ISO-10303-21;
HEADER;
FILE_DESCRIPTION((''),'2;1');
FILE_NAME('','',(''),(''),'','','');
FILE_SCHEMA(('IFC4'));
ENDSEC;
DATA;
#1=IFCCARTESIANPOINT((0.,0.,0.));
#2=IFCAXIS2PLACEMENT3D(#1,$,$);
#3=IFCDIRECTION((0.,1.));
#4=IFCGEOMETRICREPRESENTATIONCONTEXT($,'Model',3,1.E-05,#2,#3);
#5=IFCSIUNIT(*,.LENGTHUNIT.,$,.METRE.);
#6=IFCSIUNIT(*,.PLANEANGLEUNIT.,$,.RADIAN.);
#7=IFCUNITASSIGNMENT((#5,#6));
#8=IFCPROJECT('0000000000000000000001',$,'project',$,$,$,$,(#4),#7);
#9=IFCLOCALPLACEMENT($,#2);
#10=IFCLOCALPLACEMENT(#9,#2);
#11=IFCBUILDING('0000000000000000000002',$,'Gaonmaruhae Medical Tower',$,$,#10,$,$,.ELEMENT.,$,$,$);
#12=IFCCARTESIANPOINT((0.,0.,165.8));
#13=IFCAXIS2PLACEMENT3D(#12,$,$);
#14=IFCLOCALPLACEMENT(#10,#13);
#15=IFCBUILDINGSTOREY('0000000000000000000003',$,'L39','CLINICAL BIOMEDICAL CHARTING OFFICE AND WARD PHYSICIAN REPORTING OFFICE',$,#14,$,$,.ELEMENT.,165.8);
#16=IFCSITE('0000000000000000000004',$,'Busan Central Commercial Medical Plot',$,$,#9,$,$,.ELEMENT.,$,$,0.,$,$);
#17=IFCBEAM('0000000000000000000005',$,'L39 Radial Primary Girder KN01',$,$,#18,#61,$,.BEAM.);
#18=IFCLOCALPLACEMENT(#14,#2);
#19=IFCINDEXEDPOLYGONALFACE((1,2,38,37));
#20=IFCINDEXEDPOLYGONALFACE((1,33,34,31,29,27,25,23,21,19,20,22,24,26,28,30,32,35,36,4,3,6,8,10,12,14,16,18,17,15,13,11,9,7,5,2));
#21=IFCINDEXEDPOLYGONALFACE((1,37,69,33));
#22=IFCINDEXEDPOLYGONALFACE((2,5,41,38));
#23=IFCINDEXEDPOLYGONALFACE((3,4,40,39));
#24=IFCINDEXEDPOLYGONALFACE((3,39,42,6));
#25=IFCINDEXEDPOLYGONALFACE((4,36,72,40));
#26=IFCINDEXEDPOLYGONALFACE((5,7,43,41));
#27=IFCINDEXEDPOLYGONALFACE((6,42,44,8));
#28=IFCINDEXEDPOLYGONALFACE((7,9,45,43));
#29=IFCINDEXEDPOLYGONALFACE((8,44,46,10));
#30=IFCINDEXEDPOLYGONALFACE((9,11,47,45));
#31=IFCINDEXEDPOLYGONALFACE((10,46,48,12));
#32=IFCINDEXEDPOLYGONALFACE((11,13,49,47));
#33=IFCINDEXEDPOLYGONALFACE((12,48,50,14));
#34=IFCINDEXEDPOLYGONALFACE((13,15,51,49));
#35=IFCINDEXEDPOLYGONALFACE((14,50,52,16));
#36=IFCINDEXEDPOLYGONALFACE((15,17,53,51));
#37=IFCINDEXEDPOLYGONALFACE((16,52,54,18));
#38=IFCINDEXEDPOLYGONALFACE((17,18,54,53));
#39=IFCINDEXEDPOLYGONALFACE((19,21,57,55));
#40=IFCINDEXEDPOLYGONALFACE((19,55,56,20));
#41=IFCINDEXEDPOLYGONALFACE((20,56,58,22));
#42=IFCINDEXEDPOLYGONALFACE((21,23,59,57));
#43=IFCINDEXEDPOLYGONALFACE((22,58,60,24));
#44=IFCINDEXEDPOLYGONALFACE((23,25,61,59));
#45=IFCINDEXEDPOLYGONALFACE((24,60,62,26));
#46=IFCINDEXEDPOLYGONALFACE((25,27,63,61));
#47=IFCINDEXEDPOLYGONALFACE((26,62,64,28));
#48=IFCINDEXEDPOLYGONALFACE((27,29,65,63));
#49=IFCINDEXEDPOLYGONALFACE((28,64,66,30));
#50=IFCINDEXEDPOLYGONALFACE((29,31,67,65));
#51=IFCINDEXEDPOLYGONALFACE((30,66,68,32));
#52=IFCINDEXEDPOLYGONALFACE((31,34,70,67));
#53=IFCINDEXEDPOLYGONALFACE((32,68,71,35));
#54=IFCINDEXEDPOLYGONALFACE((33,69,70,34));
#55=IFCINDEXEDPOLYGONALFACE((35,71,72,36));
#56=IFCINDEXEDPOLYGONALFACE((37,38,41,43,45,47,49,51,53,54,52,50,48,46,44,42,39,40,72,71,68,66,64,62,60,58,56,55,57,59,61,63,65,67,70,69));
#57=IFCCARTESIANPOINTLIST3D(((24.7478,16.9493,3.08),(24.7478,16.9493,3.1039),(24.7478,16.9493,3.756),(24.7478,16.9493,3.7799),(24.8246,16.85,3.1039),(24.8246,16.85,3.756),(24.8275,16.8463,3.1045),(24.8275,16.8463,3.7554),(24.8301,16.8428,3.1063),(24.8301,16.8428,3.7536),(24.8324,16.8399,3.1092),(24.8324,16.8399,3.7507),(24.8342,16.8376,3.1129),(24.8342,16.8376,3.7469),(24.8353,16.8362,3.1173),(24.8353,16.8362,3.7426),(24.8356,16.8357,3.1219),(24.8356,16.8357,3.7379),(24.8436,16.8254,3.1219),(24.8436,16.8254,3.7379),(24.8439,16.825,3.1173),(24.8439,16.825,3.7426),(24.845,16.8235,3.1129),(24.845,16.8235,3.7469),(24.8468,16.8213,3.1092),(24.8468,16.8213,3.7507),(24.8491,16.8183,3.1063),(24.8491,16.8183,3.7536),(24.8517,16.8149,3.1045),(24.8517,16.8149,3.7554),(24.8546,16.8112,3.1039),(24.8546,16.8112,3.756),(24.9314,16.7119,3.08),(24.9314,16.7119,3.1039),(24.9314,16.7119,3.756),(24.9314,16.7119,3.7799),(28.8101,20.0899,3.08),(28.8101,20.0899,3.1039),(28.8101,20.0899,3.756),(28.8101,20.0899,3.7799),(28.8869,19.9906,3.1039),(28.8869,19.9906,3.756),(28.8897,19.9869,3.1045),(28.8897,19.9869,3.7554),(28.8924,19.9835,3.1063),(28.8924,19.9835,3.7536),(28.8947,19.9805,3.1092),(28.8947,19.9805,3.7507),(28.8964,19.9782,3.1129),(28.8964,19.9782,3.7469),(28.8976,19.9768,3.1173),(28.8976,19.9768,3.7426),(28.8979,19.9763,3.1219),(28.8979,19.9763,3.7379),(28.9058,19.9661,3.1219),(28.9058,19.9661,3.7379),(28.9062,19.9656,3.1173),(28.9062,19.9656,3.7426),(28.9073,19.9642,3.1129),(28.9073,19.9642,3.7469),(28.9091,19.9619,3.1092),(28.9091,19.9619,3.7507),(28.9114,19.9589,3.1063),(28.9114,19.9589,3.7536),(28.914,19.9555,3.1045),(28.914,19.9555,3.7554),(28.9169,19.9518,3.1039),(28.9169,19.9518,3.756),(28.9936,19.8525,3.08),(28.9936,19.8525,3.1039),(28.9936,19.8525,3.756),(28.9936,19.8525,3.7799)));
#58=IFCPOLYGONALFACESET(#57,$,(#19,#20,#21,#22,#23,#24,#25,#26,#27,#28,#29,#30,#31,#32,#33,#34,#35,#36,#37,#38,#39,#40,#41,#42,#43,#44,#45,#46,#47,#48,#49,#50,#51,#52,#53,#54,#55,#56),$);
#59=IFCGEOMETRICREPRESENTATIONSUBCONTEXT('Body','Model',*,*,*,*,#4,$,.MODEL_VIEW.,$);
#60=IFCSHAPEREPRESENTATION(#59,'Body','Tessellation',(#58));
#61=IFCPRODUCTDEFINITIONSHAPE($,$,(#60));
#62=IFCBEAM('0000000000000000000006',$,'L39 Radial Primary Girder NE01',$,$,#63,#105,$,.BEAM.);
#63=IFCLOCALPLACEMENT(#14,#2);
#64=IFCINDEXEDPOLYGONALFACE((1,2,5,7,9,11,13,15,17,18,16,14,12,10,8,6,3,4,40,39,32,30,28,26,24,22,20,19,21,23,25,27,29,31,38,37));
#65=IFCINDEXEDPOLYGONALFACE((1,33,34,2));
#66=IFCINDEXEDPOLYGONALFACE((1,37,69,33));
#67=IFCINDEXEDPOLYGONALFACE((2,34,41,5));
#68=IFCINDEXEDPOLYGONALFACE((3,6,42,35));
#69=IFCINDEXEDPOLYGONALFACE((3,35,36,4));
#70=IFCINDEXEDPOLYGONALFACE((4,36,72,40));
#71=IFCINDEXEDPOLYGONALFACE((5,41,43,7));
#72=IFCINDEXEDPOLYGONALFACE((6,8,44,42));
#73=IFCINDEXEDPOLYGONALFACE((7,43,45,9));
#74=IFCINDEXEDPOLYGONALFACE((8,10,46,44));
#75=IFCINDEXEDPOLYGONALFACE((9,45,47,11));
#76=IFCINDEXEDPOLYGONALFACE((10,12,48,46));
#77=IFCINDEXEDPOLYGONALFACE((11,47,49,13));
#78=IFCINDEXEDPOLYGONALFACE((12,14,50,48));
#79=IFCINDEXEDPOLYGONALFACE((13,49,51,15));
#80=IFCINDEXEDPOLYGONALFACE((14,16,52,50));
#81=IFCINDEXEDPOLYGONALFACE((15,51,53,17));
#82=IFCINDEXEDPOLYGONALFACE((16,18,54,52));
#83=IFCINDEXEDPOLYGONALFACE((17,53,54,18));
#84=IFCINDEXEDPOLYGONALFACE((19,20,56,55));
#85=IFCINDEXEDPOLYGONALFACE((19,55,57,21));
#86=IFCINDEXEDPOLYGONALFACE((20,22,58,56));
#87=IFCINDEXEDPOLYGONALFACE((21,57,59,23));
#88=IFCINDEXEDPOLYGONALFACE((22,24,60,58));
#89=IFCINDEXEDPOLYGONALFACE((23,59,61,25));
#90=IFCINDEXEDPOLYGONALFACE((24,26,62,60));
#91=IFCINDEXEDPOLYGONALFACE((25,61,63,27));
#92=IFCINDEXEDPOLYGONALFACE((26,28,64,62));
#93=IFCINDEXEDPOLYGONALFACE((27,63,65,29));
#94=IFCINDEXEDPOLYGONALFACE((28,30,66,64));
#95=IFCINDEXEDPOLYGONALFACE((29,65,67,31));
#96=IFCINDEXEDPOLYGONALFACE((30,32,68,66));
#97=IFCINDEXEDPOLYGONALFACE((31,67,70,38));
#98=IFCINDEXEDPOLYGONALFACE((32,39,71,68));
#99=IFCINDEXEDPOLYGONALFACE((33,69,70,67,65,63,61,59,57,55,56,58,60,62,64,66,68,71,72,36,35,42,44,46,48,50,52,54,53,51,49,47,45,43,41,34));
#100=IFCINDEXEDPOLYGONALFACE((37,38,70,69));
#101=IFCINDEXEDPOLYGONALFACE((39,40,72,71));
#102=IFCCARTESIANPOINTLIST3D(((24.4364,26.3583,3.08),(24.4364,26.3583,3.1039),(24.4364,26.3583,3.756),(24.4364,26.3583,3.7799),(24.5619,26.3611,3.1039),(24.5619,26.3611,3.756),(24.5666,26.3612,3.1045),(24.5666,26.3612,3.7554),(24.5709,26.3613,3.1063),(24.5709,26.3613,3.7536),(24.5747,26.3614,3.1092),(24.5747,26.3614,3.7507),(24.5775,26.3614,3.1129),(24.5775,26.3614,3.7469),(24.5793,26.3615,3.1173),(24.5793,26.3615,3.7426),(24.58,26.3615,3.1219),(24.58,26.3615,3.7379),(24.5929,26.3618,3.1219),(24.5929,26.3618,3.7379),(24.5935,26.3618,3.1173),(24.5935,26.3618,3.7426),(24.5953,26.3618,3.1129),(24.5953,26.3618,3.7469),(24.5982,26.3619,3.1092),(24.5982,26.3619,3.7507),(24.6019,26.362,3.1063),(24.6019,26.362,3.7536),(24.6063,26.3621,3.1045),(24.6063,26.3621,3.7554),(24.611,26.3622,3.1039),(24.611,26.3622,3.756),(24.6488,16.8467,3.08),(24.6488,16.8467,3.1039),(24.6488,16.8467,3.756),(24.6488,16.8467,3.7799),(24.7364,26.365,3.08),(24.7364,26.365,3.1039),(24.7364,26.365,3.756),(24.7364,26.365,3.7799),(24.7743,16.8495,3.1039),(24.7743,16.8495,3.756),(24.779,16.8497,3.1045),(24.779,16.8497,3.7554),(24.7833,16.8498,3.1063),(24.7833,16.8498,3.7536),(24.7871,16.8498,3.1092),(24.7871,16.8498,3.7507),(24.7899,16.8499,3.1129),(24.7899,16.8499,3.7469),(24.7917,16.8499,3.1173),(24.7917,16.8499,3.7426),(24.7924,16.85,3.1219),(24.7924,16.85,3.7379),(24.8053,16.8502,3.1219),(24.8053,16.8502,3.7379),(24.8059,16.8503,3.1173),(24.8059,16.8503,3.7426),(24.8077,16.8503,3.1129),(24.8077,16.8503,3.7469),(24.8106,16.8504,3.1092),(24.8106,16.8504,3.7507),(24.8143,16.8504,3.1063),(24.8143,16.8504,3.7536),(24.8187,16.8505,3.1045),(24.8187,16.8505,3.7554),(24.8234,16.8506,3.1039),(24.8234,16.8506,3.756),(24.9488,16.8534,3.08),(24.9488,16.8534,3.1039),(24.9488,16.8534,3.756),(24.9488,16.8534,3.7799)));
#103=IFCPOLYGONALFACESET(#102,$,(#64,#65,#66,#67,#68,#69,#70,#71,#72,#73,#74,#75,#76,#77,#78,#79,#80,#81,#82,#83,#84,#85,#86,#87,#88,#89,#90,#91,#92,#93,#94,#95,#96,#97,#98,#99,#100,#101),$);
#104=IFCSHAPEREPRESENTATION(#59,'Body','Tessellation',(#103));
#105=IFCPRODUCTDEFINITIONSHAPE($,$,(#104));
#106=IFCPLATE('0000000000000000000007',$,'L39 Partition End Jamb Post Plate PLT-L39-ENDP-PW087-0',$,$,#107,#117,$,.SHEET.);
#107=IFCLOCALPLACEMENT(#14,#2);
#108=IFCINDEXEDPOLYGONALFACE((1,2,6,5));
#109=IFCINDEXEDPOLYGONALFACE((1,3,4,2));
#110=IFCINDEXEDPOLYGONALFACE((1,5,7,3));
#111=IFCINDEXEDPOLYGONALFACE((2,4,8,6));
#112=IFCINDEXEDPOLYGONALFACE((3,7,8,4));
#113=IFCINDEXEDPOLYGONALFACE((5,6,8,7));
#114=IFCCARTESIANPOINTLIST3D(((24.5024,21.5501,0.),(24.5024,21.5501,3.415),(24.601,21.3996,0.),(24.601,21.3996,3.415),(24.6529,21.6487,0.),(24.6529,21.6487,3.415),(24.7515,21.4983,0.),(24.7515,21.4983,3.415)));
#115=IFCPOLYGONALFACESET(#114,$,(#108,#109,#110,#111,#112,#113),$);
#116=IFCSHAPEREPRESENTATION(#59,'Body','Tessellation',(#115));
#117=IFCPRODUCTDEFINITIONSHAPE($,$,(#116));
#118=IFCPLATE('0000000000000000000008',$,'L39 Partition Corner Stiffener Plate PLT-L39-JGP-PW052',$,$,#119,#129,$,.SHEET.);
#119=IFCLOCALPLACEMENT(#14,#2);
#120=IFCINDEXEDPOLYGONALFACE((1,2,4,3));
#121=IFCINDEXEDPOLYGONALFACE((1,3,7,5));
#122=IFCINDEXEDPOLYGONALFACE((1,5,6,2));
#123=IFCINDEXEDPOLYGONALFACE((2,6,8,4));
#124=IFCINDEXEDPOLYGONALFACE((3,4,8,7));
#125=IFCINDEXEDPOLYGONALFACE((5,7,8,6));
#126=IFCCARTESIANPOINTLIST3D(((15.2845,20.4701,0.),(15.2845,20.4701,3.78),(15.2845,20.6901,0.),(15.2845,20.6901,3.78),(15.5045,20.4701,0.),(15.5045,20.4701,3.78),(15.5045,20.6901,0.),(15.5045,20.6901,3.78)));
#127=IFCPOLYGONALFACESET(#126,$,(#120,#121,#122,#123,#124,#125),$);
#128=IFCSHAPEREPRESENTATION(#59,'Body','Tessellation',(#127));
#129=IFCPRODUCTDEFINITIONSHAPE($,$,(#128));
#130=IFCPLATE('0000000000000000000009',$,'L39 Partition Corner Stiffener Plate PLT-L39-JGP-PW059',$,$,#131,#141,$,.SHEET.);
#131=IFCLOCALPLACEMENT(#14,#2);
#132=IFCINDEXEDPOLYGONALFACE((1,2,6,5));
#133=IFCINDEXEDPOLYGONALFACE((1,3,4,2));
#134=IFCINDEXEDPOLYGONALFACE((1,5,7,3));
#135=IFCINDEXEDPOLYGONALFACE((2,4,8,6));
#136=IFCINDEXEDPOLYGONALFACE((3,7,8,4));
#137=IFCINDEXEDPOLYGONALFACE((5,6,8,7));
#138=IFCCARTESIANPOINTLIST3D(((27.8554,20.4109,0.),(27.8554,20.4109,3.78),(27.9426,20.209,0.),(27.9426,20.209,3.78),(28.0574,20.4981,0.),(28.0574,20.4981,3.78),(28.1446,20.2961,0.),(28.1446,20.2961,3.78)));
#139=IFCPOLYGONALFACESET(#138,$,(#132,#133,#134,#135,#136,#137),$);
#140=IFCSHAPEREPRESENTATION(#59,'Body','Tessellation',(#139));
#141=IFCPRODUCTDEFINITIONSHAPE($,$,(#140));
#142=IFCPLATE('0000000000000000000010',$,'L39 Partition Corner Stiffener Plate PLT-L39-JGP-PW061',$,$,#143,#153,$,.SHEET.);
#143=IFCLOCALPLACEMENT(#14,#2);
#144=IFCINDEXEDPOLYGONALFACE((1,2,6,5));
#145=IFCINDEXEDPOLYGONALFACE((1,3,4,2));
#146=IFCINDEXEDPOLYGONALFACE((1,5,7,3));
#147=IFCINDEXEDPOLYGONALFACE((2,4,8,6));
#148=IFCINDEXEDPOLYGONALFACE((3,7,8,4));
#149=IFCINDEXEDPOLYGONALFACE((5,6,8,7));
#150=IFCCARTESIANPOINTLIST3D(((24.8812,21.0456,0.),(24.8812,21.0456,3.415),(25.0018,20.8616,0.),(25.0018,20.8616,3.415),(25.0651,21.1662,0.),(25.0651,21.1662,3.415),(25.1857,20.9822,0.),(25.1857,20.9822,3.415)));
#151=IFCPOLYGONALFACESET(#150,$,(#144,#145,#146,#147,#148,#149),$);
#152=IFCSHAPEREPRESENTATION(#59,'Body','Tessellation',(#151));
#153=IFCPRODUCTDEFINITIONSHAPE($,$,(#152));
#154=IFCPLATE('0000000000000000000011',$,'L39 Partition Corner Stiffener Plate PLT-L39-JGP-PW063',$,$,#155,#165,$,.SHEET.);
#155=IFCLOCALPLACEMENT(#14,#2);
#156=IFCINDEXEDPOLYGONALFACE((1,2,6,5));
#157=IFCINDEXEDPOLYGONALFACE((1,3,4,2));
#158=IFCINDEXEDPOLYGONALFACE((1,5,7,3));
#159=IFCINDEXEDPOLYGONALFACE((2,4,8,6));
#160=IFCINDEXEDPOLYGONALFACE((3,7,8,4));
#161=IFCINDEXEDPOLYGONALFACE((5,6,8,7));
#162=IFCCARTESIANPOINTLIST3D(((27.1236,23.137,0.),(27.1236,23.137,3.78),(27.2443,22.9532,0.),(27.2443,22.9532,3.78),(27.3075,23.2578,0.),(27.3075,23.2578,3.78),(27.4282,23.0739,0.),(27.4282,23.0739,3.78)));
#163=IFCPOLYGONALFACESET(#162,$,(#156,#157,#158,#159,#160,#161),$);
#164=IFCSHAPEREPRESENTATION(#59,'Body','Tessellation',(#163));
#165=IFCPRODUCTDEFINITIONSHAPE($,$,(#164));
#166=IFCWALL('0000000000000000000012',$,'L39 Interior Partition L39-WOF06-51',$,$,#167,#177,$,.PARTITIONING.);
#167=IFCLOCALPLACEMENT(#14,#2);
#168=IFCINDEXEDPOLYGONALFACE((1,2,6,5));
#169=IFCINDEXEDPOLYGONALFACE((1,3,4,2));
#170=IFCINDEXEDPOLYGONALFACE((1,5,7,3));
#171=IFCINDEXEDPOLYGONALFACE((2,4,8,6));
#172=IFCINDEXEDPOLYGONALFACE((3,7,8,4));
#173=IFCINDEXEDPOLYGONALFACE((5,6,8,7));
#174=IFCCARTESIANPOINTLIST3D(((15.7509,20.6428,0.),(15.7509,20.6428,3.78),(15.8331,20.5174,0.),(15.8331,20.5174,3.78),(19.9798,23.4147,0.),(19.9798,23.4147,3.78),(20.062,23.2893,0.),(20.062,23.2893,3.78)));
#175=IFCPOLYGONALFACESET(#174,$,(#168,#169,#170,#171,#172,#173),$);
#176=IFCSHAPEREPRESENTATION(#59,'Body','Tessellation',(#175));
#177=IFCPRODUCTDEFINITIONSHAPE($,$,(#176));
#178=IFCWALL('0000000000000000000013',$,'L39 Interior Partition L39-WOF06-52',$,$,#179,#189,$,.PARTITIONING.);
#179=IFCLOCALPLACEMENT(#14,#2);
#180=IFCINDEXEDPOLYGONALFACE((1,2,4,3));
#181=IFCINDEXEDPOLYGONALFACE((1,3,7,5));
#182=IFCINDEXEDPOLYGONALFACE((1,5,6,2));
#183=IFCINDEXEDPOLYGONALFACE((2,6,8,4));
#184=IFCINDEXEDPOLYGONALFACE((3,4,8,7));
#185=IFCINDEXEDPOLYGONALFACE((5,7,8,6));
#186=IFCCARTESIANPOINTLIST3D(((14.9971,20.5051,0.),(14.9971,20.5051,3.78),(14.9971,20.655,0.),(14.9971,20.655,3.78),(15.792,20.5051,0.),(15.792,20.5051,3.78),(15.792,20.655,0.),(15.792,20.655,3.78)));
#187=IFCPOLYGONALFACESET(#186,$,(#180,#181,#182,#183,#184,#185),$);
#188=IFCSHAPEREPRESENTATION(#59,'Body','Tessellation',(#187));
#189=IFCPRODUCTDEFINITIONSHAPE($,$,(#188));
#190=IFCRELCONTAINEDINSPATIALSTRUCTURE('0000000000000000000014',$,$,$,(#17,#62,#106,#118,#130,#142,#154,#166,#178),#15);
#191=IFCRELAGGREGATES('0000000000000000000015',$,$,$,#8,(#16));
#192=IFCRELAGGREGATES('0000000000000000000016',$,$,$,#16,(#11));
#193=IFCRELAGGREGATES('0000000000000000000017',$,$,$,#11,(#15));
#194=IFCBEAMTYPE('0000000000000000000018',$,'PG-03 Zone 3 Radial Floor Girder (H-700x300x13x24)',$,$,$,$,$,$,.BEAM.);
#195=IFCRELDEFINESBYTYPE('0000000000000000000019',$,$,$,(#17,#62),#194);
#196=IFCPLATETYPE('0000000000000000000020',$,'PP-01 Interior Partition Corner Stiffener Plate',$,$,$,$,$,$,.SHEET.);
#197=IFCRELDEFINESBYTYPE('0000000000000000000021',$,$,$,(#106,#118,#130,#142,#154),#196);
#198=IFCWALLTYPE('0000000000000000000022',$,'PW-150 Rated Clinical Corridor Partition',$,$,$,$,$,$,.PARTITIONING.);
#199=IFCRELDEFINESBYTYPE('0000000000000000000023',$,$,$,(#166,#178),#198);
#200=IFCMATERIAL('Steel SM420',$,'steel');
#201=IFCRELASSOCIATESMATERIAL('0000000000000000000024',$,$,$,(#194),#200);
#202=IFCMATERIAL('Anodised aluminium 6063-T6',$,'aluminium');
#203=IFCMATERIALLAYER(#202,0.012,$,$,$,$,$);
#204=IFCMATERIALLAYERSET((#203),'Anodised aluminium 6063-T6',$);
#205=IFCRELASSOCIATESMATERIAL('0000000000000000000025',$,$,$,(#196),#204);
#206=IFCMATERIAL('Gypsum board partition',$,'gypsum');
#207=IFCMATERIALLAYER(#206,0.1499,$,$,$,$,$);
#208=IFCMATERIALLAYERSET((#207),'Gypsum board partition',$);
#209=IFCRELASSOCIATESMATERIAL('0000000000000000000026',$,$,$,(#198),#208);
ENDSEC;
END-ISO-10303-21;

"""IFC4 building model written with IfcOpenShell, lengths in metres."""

from ifc_helpers import new_model, si_unit, direction, frame, frame_2d, origin, origin_2d, place, context, subcontext, project, spatial, rectangle, i_section, extrude, material, layer, layer_set, material_profile, profile_set, type_object, element, save


model = new_model("IFC4")

# Units and contexts
model_context = context("Model", 3, precision=1e-05, world=origin(), true_north=direction((0.0, 1.0)))
body_context = subcontext(model_context, "Body", "Model", "MODEL_VIEW")
ifc_project = project(units=[si_unit("LENGTHUNIT", "METRE"), si_unit("PLANEANGLEUNIT", "RADIAN")], contexts=[model_context])

# Site, building, storey
site_placement = place(None, origin())
site = spatial("IfcSite", under=ifc_project, at=site_placement, Name="Busan Central Commercial Medical Plot", CompositionType="ELEMENT", RefElevation=0.0)
building_placement = place(site_placement, origin())
building = spatial("IfcBuilding", under=site, at=building_placement, Name="Gaonmaruhae Medical Tower", CompositionType="ELEMENT")
storey_placement = place(building_placement, frame((0.0, 0.0, 165.8)))
storey = spatial("IfcBuildingStorey", under=building, at=storey_placement, Name="L39", Description="CLINICAL BIOMEDICAL CHARTING OFFICE AND WARD PHYSICIAN REPORTING OFFICE", CompositionType="ELEMENT", Elevation=165.8)

# Beams
ifc_material_1 = material(Name="Steel SM420", Category="steel")
ifc_material_profile_1 = material_profile(ifc_material_1, i_section(OverallWidth=0.3, OverallDepth=0.7, WebThickness=0.0129, FlangeThickness=0.0239, FilletRadius=0.0181, at=origin_2d()), Name="H-700x300x13x24")
ifc_profile_set_1 = profile_set([ifc_material_profile_1], Name="Steel SM420")
beam_type_1 = type_object("IfcBeamType", Name="PG-03 Zone 3 Radial Floor Girder (H-700x300x13x24)", PredefinedType="BEAM", material=ifc_profile_set_1)
beam_1_placement = place(storey_placement, frame((24.8396, 16.8306, 3.4299), z_axis=(0.791133, 0.611644, 0.0), x_axis=(-0.611644, 0.791133, 0.0)))
element("IfcBeam", 1, at=beam_1_placement, inside=storey, type_object=beam_type_1, Name="L39 Radial Primary Girder KN01", PredefinedType="BEAM", context=body_context, shape_type="SweptSolid", body=[
    extrude(i_section(OverallWidth=0.3, OverallDepth=0.7, WebThickness=0.0129, FlangeThickness=0.0239, FilletRadius=0.0181, at=origin_2d()), origin(), (0.0, 0.0, 1.0), 5.1348),
])
beam_2_placement = place(storey_placement, frame((24.7988, 16.8501, 3.4299), z_axis=(-0.022326, 0.999751, 0.0), x_axis=(-0.999751, -0.022326, 0.0)))
element("IfcBeam", 2, at=beam_2_placement, inside=storey, type_object=beam_type_1, Name="L39 Radial Primary Girder NE01", PredefinedType="BEAM", context=body_context, shape_type="SweptSolid", body=[
    extrude(i_section(OverallWidth=0.3, OverallDepth=0.7, WebThickness=0.0129, FlangeThickness=0.0239, FilletRadius=0.0181, at=origin_2d()), origin(), (0.0, 0.0, 1.0), 9.5139),
])

# Plates
ifc_material_2 = material(Name="Anodised aluminium 6063-T6", Category="aluminium")
ifc_layer_1 = layer(ifc_material_2, 0.012)
ifc_layer_set_1 = layer_set([ifc_layer_1], Name="Anodised aluminium 6063-T6")
plate_type = type_object("IfcPlateType", Name="PP-01 Interior Partition Corner Stiffener Plate", PredefinedType="SHEET", material=ifc_layer_set_1)
plate_1_placement = place(storey_placement, frame((24.627, 21.5242, 0.0), z_axis=(0.0, 0.0, 1.0), x_axis=(-0.548235, 0.836324, 0.0)))
element("IfcPlate", 3, at=plate_1_placement, inside=storey, type_object=plate_type, Name="L39 Partition End Jamb Post Plate PLT-L39-ENDP-PW087-0", PredefinedType="SHEET", context=body_context, shape_type="SweptSolid", body=[
    extrude(rectangle(XDim=0.1799, YDim=0.1799, at=origin_2d()), origin(), (0.0, 0.0, 1.0), 3.415),
])
for number, where, z_axis, x_axis, name in (
    (4, (15.3945, 20.5801, 0.0), (0.0, 0.0, 1.0), (-1.0, 0.0, 0.0), "L39 Partition Corner Stiffener Plate PLT-L39-JGP-PW052"),
    (5, (28.0, 20.3535, 0.0), (0.0, 0.0, 1.0), (-0.396155, 0.918184, 0.0), "L39 Partition Corner Stiffener Plate PLT-L39-JGP-PW059"),
):
    element("IfcPlate", number, at=place(storey_placement, frame(where, z_axis=z_axis, x_axis=x_axis)), inside=storey, type_object=plate_type, Name=name, PredefinedType="SHEET", context=body_context, shape_type="SweptSolid", body=[
        extrude(rectangle(XDim=0.22, YDim=0.22, at=origin_2d()), origin(), (0.0, 0.0, 1.0), 3.78),
    ])
plate_2_placement = place(storey_placement, frame((25.0334, 21.0139, 0.0), z_axis=(0.0, 0.0, 1.0), x_axis=(-0.548235, 0.836324, 0.0)))
element("IfcPlate", 6, at=plate_2_placement, inside=storey, type_object=plate_type, Name="L39 Partition Corner Stiffener Plate PLT-L39-JGP-PW061", PredefinedType="SHEET", context=body_context, shape_type="SweptSolid", body=[
    extrude(rectangle(XDim=0.22, YDim=0.22, at=origin_2d()), origin(), (0.0, 0.0, 1.0), 3.415),
])
plate_3_placement = place(storey_placement, frame((27.2759, 23.1055, 0.0), z_axis=(0.0, 0.0, 1.0), x_axis=(0.835913, 0.548862, 0.0)))
element("IfcPlate", 7, at=plate_3_placement, inside=storey, type_object=plate_type, Name="L39 Partition Corner Stiffener Plate PLT-L39-JGP-PW063", PredefinedType="SHEET", context=body_context, shape_type="SweptSolid", body=[
    extrude(rectangle(XDim=0.22, YDim=0.22, at=origin_2d()), origin(), (0.0, 0.0, 1.0), 3.78),
])

# Walls
ifc_material_3 = material(Name="Gypsum board partition", Category="gypsum")
ifc_layer_2 = layer(ifc_material_3, 0.1499)
ifc_layer_set_2 = layer_set([ifc_layer_2], Name="Gypsum board partition")
wall_type = type_object("IfcWallType", Name="PW-150 Rated Clinical Corridor Partition", PredefinedType="PARTITIONING", material=ifc_layer_set_2)
wall_1_placement = place(storey_placement, frame((20.021, 23.3521, 0.0), z_axis=(0.0, 0.0, 1.0), x_axis=(-0.836348, -0.548199, 0.0)))
element("IfcWall", 8, at=wall_1_placement, inside=storey, type_object=wall_type, Name="L39 Interior Partition L39-WOF06-51", PredefinedType="PARTITIONING", context=body_context, shape_type="SweptSolid", body=[
    extrude(rectangle(XDim=5.0564, YDim=0.1499, at=frame_2d((2.5283, 0.0))), origin(), (0.0, 0.0, 1.0), 3.78),
])
wall_2_placement = place(storey_placement, frame((15.792, 20.5801, 0.0), z_axis=(0.0, 0.0, 1.0), x_axis=(-1.0, 0.0, 0.0)))
element("IfcWall", 9, at=wall_2_placement, inside=storey, type_object=wall_type, Name="L39 Interior Partition L39-WOF06-52", PredefinedType="PARTITIONING", context=body_context, shape_type="SweptSolid", body=[
    extrude(rectangle(XDim=0.7949, YDim=0.1499, at=frame_2d((0.3975, 0.0))), origin(), (0.0, 0.0, 1.0), 3.78),
])

save(model, "model.ifc")
